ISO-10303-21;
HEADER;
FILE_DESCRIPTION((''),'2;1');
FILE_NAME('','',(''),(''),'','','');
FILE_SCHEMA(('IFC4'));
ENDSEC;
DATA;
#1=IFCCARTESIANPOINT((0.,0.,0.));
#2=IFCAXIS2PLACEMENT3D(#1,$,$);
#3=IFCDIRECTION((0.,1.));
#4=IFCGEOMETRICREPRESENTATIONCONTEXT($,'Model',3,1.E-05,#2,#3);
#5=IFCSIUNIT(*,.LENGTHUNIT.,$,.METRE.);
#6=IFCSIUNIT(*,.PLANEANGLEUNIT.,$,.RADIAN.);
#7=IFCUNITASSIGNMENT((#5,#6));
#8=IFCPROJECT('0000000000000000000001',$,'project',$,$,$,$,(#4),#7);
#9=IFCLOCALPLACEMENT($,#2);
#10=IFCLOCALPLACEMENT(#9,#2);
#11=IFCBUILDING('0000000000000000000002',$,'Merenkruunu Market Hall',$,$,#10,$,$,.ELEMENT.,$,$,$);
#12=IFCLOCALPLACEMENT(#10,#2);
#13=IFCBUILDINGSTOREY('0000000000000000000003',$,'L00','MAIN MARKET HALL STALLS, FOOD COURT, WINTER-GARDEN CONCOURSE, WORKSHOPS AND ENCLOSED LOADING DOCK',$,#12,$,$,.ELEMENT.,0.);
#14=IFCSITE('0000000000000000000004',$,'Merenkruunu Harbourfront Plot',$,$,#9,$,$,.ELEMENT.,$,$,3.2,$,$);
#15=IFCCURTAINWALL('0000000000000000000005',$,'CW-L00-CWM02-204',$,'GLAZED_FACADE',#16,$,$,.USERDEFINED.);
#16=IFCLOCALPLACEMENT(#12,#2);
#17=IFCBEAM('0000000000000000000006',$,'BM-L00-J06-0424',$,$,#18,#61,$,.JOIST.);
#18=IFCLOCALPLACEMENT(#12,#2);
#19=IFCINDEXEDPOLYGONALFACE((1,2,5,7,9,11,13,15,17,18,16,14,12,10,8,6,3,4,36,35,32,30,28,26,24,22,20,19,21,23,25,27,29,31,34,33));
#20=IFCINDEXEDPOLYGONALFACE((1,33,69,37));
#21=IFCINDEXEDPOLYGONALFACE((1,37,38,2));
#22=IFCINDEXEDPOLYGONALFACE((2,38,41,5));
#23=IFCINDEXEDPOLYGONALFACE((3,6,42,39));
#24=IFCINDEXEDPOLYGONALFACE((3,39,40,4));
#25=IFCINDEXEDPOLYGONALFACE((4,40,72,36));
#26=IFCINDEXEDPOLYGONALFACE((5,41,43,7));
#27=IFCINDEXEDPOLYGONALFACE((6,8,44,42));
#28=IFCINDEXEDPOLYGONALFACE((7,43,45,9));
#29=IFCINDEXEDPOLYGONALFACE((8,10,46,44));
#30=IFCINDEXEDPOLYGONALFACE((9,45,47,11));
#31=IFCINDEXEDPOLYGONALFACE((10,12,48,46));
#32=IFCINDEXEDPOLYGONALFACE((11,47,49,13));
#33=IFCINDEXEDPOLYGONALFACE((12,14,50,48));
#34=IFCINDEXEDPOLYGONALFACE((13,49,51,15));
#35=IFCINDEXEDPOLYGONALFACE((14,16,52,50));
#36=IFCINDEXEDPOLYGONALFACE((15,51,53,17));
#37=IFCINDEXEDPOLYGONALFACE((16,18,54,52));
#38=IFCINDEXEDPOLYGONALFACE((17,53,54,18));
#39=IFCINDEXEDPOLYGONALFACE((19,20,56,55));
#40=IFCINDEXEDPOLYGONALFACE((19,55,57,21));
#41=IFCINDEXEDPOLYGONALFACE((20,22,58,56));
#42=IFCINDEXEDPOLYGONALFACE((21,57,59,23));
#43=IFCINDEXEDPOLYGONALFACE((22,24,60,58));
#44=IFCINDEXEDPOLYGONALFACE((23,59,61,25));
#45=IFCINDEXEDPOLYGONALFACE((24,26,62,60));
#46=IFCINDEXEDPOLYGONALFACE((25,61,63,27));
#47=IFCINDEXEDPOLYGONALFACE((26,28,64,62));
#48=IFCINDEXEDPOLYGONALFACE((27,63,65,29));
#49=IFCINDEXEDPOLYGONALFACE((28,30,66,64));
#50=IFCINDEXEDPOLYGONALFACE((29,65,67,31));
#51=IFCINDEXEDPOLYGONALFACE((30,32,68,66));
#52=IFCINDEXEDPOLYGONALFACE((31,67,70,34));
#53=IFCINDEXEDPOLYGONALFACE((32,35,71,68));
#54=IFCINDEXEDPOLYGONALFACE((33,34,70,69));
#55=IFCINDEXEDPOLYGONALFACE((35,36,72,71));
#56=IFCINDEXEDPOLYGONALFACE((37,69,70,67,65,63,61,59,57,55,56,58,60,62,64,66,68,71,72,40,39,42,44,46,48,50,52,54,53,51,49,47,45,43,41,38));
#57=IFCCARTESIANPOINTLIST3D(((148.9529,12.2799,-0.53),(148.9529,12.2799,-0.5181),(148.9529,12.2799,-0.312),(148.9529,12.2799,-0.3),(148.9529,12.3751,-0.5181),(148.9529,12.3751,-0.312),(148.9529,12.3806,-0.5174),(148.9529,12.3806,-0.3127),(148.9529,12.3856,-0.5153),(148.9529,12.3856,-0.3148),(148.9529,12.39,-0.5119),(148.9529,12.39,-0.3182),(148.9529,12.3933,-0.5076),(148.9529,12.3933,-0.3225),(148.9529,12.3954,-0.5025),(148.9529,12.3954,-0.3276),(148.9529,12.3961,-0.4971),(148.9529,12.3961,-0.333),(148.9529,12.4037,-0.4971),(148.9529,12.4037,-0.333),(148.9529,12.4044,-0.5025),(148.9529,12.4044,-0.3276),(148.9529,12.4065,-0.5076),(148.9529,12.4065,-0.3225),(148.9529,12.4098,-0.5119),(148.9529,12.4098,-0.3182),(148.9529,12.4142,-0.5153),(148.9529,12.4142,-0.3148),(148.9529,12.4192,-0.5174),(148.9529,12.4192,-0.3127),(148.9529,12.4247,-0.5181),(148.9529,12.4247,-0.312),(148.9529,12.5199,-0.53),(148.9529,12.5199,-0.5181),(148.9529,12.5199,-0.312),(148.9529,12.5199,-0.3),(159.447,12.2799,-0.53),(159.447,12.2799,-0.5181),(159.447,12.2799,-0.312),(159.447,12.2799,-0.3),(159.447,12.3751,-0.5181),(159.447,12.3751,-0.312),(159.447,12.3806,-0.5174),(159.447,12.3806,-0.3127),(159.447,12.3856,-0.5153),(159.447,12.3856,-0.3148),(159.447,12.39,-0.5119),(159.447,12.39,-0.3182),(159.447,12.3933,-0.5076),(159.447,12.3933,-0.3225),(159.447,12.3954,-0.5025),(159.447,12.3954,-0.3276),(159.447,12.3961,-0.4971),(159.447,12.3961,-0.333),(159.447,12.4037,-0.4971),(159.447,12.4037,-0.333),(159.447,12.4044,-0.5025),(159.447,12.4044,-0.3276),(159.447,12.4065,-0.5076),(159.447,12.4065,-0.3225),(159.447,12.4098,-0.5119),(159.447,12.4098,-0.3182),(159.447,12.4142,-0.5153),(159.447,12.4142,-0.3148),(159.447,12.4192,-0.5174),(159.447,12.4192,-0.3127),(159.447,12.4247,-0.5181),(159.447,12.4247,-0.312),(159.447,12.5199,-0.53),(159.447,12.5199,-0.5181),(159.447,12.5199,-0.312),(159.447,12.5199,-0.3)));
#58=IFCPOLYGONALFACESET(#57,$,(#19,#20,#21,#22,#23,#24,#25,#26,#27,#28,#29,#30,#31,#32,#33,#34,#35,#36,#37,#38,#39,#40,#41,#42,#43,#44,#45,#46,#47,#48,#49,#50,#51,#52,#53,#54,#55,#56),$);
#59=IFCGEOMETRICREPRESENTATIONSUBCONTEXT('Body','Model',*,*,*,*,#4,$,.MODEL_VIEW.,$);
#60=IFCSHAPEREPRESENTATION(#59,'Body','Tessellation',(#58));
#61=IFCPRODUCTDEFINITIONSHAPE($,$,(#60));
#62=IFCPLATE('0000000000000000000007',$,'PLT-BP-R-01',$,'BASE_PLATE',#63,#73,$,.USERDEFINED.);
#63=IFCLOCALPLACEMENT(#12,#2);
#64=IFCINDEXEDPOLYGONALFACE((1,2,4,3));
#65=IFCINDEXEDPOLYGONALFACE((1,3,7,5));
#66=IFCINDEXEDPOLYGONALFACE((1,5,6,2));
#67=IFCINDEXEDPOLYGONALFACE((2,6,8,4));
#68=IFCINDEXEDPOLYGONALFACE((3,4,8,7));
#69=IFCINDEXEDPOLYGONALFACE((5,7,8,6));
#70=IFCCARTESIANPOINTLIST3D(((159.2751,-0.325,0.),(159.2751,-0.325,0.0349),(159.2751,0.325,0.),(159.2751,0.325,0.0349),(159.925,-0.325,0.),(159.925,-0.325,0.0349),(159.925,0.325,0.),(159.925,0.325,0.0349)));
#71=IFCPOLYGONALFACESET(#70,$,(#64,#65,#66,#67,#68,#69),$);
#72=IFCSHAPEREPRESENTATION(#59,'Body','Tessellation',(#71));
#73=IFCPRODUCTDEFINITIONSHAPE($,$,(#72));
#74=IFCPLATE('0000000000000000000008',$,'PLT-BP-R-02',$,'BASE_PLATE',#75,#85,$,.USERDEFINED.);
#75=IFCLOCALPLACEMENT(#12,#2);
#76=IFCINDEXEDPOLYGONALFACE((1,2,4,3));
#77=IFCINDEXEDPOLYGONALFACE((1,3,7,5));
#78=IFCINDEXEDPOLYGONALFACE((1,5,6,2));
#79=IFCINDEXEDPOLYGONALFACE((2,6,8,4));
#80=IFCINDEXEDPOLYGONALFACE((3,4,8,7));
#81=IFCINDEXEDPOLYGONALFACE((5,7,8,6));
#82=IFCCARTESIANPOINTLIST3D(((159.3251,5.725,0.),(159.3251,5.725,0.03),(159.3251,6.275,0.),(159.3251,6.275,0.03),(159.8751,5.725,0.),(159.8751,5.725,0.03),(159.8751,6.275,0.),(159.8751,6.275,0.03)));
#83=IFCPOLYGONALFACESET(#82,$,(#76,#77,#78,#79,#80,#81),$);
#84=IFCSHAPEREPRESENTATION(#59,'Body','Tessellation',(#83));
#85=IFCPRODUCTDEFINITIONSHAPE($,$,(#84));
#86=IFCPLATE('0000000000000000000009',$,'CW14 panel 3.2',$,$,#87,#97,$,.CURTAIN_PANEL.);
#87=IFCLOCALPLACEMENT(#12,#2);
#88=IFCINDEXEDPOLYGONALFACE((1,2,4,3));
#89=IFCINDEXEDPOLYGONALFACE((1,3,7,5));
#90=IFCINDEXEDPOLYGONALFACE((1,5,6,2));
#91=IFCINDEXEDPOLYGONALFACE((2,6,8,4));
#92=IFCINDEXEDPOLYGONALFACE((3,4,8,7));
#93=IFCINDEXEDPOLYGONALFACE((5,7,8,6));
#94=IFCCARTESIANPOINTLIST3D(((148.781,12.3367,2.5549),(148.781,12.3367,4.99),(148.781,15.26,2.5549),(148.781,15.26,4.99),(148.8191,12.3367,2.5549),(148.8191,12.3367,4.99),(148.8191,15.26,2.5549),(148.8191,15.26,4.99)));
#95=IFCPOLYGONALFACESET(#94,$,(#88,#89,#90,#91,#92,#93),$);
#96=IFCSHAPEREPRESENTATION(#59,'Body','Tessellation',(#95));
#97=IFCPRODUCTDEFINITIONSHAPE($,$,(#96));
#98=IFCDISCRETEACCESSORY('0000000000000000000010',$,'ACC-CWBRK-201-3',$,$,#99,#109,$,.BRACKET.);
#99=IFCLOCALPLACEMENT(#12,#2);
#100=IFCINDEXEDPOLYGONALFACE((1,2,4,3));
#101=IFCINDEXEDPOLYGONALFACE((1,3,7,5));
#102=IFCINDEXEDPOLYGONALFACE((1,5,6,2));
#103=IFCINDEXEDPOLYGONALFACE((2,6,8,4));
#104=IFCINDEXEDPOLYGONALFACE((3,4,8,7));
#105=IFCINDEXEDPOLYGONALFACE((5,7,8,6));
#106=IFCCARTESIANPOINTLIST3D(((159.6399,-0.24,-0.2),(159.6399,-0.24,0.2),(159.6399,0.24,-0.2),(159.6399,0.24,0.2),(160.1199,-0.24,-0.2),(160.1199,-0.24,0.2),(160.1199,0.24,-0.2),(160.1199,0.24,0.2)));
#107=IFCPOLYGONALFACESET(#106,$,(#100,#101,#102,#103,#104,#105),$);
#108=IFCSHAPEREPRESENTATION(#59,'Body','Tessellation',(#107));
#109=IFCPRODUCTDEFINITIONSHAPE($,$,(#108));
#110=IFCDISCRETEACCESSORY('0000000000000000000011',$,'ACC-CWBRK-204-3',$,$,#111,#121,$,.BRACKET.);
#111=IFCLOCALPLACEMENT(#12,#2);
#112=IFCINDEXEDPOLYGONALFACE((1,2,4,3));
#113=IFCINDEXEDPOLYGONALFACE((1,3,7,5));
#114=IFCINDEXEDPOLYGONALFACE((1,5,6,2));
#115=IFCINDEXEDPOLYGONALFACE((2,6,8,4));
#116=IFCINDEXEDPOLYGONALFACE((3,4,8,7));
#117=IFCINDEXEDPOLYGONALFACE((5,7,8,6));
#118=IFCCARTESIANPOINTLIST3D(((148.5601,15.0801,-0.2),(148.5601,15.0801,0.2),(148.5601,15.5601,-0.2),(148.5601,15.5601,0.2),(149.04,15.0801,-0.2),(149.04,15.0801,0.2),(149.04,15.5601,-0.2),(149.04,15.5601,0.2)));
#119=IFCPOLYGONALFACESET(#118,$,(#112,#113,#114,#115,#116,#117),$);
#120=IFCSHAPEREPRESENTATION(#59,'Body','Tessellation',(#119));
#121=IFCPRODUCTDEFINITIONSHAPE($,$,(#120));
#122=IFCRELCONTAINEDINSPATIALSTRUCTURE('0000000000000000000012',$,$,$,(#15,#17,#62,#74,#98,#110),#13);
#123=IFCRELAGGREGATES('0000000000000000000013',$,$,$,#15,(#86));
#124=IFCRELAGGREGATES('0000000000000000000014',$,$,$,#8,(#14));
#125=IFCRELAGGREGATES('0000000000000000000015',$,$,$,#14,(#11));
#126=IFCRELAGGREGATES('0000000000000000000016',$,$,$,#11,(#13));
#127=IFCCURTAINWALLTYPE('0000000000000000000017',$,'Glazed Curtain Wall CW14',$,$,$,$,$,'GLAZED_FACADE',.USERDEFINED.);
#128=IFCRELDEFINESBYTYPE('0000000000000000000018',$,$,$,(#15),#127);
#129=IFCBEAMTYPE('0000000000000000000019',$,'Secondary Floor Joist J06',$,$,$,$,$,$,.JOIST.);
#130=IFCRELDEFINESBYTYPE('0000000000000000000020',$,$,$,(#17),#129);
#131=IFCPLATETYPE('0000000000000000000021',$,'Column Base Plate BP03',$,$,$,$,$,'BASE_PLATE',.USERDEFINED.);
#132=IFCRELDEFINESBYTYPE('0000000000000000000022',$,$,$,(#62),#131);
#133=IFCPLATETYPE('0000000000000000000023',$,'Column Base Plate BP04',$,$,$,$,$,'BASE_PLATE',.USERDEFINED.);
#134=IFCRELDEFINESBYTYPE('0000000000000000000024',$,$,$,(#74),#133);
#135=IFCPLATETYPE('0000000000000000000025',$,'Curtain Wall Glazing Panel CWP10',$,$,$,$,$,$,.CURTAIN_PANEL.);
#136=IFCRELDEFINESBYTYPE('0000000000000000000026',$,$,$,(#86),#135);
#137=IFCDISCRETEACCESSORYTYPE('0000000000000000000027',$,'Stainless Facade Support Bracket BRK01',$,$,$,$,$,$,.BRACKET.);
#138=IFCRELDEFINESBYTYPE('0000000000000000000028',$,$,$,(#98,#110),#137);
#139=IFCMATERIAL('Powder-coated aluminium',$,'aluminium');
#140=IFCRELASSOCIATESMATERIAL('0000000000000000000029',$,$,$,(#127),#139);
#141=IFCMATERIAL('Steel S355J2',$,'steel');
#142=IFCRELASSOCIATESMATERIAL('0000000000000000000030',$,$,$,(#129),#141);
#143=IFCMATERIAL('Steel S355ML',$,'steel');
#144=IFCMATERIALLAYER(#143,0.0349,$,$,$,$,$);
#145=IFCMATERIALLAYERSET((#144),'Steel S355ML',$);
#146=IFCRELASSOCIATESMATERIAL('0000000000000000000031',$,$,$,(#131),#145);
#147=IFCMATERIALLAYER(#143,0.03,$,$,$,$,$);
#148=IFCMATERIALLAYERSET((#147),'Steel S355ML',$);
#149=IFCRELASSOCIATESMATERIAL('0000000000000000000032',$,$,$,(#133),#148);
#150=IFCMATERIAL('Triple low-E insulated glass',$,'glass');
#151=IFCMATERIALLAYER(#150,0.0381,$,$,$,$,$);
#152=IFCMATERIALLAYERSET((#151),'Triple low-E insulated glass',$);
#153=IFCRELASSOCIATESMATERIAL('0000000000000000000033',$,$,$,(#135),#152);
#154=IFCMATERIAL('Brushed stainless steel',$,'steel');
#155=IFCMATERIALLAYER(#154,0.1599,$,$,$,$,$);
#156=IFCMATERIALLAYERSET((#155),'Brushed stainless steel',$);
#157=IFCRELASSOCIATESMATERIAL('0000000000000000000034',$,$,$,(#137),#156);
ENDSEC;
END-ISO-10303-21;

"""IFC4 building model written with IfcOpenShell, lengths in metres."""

from ifc_helpers import new_model, si_unit, direction, frame, origin, origin_2d, place, context, subcontext, project, spatial, rectangle, i_section, extrude, material, layer, layer_set, material_profile, profile_set, type_object, element, aggregate, save


model = new_model("IFC4")

# Units and contexts
model_context = context("Model", 3, precision=1e-05, world=origin(), true_north=direction((0.0, 1.0)))
body_context = subcontext(model_context, "Body", "Model", "MODEL_VIEW")
ifc_project = project(units=[si_unit("LENGTHUNIT", "METRE"), si_unit("PLANEANGLEUNIT", "RADIAN")], contexts=[model_context])

# Site, building, storey
site_placement = place(None, origin())
site = spatial("IfcSite", under=ifc_project, at=site_placement, Name="Merenkruunu Harbourfront Plot", CompositionType="ELEMENT", RefElevation=3.2)
building_placement = place(site_placement, origin())
building = spatial("IfcBuilding", under=site, at=building_placement, Name="Merenkruunu Market Hall", CompositionType="ELEMENT")
storey_placement = place(building_placement, origin())
storey = spatial("IfcBuildingStorey", under=building, at=storey_placement, Name="L00", Description="MAIN MARKET HALL STALLS, FOOD COURT, WINTER-GARDEN CONCOURSE, WORKSHOPS AND ENCLOSED LOADING DOCK", CompositionType="ELEMENT", Elevation=0.0)

# Shared definitions
ifc_material_1 = material(Name="Steel S355ML", Category="steel")

# Curtain wall
ifc_material_2 = material(Name="Powder-coated aluminium", Category="aluminium")
curtain_wall_type = type_object("IfcCurtainWallType", Name="Glazed Curtain Wall CW14", ElementType="GLAZED_FACADE", PredefinedType="USERDEFINED", material=ifc_material_2)
curtain_wall_placement = place(storey_placement, origin())
curtain_wall = element("IfcCurtainWall", 1, at=curtain_wall_placement, inside=storey, type_object=curtain_wall_type, Name="CW-L00-CWM02-204", ObjectType="GLAZED_FACADE", PredefinedType="USERDEFINED")

# Beam
ifc_material_3 = material(Name="Steel S355J2", Category="steel")
ifc_material_profile_1 = material_profile(ifc_material_3, i_section(OverallWidth=0.24, OverallDepth=0.23, WebThickness=0.0076, FlangeThickness=0.012, FilletRadius=0.021, at=origin_2d()), Name="HEA 240")
ifc_profile_set_1 = profile_set([ifc_material_profile_1], Name="Steel S355J2")
beam_type_1 = type_object("IfcBeamType", Name="Secondary Floor Joist J06", PredefinedType="JOIST", material=ifc_profile_set_1)
for number, where, z_axis, x_axis, name in (
    (2, (148.9529, 12.3999, -0.415), (1.0, 0.0, 0.0), (0.0, 1.0, 0.0), "BM-L00-J06-0424"),
):
    element("IfcBeam", number, at=place(storey_placement, frame(where, z_axis=z_axis, x_axis=x_axis)), inside=storey, type_object=beam_type_1, Name=name, PredefinedType="JOIST", context=body_context, shape_type="SweptSolid", body=[
        extrude(i_section(OverallWidth=0.24, OverallDepth=0.23, WebThickness=0.0076, FlangeThickness=0.012, FilletRadius=0.021, at=origin_2d()), origin(), (0.0, 0.0, 1.0), 10.4941),
    ])

# Plates
ifc_layer_1 = layer(ifc_material_1, 0.0349)
ifc_layer_set_1 = layer_set([ifc_layer_1], Name="Steel S355ML")
plate_type_1 = type_object("IfcPlateType", Name="Column Base Plate BP03", ElementType="BASE_PLATE", PredefinedType="USERDEFINED", material=ifc_layer_set_1)
plate_1_placement = place(storey_placement, frame((159.6001, 0.0, 0.0), z_axis=(0.0, 0.0, 1.0), x_axis=(1.0, 0.0, 0.0)))
element("IfcPlate", 3, at=plate_1_placement, inside=storey, type_object=plate_type_1, Name="PLT-BP-R-01", ObjectType="BASE_PLATE", PredefinedType="USERDEFINED", context=body_context, shape_type="SweptSolid", body=[
    extrude(rectangle(XDim=0.6499, YDim=0.6499, at=origin_2d()), origin(), (0.0, 0.0, 1.0), 0.0349),
])
ifc_layer_2 = layer(ifc_material_1, 0.03)
ifc_layer_set_2 = layer_set([ifc_layer_2], Name="Steel S355ML")
plate_type_2 = type_object("IfcPlateType", Name="Column Base Plate BP04", ElementType="BASE_PLATE", PredefinedType="USERDEFINED", material=ifc_layer_set_2)
plate_2_placement = place(storey_placement, frame((159.6001, 6.0, 0.0), z_axis=(0.0, 0.0, 1.0), x_axis=(1.0, 0.0, 0.0)))
element("IfcPlate", 4, at=plate_2_placement, inside=storey, type_object=plate_type_2, Name="PLT-BP-R-02", ObjectType="BASE_PLATE", PredefinedType="USERDEFINED", context=body_context, shape_type="SweptSolid", body=[
    extrude(rectangle(XDim=0.55, YDim=0.55, at=origin_2d()), origin(), (0.0, 0.0, 1.0), 0.03),
])

# Plate
ifc_material_4 = material(Name="Triple low-E insulated glass", Category="glass")
ifc_layer_3 = layer(ifc_material_4, 0.0381)
ifc_layer_set_3 = layer_set([ifc_layer_3], Name="Triple low-E insulated glass")
plate_type_3 = type_object("IfcPlateType", Name="Curtain Wall Glazing Panel CWP10", PredefinedType="CURTAIN_PANEL", material=ifc_layer_set_3)
plate_3_placement = place(storey_placement, frame((148.8, 13.7983, 2.5549), z_axis=(0.0, 0.0, 1.0), x_axis=(0.0, 1.0, 0.0)))
plate_3 = element("IfcPlate", 5, at=plate_3_placement, type_object=plate_type_3, Name="CW14 panel 3.2", PredefinedType="CURTAIN_PANEL", context=body_context, shape_type="SweptSolid", body=[
    extrude(rectangle(XDim=2.9233, YDim=0.0381, at=origin_2d()), origin(), (0.0, 0.0, 1.0), 2.4351),
])
aggregate(curtain_wall, [plate_3])

# Discrete accessories
ifc_material_5 = material(Name="Brushed stainless steel", Category="steel")
ifc_layer_4 = layer(ifc_material_5, 0.1599)
ifc_layer_set_4 = layer_set([ifc_layer_4], Name="Brushed stainless steel")
discrete_accessory_type = type_object("IfcDiscreteAccessoryType", Name="Stainless Facade Support Bracket BRK01", PredefinedType="BRACKET", material=ifc_layer_set_4)
for number, where, z_axis, x_axis, name in (
    (6, (159.8799, 0.0, -0.2), (0.0, 0.0, 1.0), (1.0, 0.0, 0.0), "ACC-CWBRK-201-3"),
    (7, (148.8, 15.3201, -0.2), (0.0, 0.0, 1.0), (1.0, 0.0, 0.0), "ACC-CWBRK-204-3"),
):
    element("IfcDiscreteAccessory", number, at=place(storey_placement, frame(where, z_axis=z_axis, x_axis=x_axis)), inside=storey, type_object=discrete_accessory_type, Name=name, PredefinedType="BRACKET", context=body_context, shape_type="SweptSolid", body=[
        extrude(rectangle(XDim=0.48, YDim=0.48, at=origin_2d()), origin(), (0.0, 0.0, 1.0), 0.3999),
    ])

save(model, "model.ifc")
